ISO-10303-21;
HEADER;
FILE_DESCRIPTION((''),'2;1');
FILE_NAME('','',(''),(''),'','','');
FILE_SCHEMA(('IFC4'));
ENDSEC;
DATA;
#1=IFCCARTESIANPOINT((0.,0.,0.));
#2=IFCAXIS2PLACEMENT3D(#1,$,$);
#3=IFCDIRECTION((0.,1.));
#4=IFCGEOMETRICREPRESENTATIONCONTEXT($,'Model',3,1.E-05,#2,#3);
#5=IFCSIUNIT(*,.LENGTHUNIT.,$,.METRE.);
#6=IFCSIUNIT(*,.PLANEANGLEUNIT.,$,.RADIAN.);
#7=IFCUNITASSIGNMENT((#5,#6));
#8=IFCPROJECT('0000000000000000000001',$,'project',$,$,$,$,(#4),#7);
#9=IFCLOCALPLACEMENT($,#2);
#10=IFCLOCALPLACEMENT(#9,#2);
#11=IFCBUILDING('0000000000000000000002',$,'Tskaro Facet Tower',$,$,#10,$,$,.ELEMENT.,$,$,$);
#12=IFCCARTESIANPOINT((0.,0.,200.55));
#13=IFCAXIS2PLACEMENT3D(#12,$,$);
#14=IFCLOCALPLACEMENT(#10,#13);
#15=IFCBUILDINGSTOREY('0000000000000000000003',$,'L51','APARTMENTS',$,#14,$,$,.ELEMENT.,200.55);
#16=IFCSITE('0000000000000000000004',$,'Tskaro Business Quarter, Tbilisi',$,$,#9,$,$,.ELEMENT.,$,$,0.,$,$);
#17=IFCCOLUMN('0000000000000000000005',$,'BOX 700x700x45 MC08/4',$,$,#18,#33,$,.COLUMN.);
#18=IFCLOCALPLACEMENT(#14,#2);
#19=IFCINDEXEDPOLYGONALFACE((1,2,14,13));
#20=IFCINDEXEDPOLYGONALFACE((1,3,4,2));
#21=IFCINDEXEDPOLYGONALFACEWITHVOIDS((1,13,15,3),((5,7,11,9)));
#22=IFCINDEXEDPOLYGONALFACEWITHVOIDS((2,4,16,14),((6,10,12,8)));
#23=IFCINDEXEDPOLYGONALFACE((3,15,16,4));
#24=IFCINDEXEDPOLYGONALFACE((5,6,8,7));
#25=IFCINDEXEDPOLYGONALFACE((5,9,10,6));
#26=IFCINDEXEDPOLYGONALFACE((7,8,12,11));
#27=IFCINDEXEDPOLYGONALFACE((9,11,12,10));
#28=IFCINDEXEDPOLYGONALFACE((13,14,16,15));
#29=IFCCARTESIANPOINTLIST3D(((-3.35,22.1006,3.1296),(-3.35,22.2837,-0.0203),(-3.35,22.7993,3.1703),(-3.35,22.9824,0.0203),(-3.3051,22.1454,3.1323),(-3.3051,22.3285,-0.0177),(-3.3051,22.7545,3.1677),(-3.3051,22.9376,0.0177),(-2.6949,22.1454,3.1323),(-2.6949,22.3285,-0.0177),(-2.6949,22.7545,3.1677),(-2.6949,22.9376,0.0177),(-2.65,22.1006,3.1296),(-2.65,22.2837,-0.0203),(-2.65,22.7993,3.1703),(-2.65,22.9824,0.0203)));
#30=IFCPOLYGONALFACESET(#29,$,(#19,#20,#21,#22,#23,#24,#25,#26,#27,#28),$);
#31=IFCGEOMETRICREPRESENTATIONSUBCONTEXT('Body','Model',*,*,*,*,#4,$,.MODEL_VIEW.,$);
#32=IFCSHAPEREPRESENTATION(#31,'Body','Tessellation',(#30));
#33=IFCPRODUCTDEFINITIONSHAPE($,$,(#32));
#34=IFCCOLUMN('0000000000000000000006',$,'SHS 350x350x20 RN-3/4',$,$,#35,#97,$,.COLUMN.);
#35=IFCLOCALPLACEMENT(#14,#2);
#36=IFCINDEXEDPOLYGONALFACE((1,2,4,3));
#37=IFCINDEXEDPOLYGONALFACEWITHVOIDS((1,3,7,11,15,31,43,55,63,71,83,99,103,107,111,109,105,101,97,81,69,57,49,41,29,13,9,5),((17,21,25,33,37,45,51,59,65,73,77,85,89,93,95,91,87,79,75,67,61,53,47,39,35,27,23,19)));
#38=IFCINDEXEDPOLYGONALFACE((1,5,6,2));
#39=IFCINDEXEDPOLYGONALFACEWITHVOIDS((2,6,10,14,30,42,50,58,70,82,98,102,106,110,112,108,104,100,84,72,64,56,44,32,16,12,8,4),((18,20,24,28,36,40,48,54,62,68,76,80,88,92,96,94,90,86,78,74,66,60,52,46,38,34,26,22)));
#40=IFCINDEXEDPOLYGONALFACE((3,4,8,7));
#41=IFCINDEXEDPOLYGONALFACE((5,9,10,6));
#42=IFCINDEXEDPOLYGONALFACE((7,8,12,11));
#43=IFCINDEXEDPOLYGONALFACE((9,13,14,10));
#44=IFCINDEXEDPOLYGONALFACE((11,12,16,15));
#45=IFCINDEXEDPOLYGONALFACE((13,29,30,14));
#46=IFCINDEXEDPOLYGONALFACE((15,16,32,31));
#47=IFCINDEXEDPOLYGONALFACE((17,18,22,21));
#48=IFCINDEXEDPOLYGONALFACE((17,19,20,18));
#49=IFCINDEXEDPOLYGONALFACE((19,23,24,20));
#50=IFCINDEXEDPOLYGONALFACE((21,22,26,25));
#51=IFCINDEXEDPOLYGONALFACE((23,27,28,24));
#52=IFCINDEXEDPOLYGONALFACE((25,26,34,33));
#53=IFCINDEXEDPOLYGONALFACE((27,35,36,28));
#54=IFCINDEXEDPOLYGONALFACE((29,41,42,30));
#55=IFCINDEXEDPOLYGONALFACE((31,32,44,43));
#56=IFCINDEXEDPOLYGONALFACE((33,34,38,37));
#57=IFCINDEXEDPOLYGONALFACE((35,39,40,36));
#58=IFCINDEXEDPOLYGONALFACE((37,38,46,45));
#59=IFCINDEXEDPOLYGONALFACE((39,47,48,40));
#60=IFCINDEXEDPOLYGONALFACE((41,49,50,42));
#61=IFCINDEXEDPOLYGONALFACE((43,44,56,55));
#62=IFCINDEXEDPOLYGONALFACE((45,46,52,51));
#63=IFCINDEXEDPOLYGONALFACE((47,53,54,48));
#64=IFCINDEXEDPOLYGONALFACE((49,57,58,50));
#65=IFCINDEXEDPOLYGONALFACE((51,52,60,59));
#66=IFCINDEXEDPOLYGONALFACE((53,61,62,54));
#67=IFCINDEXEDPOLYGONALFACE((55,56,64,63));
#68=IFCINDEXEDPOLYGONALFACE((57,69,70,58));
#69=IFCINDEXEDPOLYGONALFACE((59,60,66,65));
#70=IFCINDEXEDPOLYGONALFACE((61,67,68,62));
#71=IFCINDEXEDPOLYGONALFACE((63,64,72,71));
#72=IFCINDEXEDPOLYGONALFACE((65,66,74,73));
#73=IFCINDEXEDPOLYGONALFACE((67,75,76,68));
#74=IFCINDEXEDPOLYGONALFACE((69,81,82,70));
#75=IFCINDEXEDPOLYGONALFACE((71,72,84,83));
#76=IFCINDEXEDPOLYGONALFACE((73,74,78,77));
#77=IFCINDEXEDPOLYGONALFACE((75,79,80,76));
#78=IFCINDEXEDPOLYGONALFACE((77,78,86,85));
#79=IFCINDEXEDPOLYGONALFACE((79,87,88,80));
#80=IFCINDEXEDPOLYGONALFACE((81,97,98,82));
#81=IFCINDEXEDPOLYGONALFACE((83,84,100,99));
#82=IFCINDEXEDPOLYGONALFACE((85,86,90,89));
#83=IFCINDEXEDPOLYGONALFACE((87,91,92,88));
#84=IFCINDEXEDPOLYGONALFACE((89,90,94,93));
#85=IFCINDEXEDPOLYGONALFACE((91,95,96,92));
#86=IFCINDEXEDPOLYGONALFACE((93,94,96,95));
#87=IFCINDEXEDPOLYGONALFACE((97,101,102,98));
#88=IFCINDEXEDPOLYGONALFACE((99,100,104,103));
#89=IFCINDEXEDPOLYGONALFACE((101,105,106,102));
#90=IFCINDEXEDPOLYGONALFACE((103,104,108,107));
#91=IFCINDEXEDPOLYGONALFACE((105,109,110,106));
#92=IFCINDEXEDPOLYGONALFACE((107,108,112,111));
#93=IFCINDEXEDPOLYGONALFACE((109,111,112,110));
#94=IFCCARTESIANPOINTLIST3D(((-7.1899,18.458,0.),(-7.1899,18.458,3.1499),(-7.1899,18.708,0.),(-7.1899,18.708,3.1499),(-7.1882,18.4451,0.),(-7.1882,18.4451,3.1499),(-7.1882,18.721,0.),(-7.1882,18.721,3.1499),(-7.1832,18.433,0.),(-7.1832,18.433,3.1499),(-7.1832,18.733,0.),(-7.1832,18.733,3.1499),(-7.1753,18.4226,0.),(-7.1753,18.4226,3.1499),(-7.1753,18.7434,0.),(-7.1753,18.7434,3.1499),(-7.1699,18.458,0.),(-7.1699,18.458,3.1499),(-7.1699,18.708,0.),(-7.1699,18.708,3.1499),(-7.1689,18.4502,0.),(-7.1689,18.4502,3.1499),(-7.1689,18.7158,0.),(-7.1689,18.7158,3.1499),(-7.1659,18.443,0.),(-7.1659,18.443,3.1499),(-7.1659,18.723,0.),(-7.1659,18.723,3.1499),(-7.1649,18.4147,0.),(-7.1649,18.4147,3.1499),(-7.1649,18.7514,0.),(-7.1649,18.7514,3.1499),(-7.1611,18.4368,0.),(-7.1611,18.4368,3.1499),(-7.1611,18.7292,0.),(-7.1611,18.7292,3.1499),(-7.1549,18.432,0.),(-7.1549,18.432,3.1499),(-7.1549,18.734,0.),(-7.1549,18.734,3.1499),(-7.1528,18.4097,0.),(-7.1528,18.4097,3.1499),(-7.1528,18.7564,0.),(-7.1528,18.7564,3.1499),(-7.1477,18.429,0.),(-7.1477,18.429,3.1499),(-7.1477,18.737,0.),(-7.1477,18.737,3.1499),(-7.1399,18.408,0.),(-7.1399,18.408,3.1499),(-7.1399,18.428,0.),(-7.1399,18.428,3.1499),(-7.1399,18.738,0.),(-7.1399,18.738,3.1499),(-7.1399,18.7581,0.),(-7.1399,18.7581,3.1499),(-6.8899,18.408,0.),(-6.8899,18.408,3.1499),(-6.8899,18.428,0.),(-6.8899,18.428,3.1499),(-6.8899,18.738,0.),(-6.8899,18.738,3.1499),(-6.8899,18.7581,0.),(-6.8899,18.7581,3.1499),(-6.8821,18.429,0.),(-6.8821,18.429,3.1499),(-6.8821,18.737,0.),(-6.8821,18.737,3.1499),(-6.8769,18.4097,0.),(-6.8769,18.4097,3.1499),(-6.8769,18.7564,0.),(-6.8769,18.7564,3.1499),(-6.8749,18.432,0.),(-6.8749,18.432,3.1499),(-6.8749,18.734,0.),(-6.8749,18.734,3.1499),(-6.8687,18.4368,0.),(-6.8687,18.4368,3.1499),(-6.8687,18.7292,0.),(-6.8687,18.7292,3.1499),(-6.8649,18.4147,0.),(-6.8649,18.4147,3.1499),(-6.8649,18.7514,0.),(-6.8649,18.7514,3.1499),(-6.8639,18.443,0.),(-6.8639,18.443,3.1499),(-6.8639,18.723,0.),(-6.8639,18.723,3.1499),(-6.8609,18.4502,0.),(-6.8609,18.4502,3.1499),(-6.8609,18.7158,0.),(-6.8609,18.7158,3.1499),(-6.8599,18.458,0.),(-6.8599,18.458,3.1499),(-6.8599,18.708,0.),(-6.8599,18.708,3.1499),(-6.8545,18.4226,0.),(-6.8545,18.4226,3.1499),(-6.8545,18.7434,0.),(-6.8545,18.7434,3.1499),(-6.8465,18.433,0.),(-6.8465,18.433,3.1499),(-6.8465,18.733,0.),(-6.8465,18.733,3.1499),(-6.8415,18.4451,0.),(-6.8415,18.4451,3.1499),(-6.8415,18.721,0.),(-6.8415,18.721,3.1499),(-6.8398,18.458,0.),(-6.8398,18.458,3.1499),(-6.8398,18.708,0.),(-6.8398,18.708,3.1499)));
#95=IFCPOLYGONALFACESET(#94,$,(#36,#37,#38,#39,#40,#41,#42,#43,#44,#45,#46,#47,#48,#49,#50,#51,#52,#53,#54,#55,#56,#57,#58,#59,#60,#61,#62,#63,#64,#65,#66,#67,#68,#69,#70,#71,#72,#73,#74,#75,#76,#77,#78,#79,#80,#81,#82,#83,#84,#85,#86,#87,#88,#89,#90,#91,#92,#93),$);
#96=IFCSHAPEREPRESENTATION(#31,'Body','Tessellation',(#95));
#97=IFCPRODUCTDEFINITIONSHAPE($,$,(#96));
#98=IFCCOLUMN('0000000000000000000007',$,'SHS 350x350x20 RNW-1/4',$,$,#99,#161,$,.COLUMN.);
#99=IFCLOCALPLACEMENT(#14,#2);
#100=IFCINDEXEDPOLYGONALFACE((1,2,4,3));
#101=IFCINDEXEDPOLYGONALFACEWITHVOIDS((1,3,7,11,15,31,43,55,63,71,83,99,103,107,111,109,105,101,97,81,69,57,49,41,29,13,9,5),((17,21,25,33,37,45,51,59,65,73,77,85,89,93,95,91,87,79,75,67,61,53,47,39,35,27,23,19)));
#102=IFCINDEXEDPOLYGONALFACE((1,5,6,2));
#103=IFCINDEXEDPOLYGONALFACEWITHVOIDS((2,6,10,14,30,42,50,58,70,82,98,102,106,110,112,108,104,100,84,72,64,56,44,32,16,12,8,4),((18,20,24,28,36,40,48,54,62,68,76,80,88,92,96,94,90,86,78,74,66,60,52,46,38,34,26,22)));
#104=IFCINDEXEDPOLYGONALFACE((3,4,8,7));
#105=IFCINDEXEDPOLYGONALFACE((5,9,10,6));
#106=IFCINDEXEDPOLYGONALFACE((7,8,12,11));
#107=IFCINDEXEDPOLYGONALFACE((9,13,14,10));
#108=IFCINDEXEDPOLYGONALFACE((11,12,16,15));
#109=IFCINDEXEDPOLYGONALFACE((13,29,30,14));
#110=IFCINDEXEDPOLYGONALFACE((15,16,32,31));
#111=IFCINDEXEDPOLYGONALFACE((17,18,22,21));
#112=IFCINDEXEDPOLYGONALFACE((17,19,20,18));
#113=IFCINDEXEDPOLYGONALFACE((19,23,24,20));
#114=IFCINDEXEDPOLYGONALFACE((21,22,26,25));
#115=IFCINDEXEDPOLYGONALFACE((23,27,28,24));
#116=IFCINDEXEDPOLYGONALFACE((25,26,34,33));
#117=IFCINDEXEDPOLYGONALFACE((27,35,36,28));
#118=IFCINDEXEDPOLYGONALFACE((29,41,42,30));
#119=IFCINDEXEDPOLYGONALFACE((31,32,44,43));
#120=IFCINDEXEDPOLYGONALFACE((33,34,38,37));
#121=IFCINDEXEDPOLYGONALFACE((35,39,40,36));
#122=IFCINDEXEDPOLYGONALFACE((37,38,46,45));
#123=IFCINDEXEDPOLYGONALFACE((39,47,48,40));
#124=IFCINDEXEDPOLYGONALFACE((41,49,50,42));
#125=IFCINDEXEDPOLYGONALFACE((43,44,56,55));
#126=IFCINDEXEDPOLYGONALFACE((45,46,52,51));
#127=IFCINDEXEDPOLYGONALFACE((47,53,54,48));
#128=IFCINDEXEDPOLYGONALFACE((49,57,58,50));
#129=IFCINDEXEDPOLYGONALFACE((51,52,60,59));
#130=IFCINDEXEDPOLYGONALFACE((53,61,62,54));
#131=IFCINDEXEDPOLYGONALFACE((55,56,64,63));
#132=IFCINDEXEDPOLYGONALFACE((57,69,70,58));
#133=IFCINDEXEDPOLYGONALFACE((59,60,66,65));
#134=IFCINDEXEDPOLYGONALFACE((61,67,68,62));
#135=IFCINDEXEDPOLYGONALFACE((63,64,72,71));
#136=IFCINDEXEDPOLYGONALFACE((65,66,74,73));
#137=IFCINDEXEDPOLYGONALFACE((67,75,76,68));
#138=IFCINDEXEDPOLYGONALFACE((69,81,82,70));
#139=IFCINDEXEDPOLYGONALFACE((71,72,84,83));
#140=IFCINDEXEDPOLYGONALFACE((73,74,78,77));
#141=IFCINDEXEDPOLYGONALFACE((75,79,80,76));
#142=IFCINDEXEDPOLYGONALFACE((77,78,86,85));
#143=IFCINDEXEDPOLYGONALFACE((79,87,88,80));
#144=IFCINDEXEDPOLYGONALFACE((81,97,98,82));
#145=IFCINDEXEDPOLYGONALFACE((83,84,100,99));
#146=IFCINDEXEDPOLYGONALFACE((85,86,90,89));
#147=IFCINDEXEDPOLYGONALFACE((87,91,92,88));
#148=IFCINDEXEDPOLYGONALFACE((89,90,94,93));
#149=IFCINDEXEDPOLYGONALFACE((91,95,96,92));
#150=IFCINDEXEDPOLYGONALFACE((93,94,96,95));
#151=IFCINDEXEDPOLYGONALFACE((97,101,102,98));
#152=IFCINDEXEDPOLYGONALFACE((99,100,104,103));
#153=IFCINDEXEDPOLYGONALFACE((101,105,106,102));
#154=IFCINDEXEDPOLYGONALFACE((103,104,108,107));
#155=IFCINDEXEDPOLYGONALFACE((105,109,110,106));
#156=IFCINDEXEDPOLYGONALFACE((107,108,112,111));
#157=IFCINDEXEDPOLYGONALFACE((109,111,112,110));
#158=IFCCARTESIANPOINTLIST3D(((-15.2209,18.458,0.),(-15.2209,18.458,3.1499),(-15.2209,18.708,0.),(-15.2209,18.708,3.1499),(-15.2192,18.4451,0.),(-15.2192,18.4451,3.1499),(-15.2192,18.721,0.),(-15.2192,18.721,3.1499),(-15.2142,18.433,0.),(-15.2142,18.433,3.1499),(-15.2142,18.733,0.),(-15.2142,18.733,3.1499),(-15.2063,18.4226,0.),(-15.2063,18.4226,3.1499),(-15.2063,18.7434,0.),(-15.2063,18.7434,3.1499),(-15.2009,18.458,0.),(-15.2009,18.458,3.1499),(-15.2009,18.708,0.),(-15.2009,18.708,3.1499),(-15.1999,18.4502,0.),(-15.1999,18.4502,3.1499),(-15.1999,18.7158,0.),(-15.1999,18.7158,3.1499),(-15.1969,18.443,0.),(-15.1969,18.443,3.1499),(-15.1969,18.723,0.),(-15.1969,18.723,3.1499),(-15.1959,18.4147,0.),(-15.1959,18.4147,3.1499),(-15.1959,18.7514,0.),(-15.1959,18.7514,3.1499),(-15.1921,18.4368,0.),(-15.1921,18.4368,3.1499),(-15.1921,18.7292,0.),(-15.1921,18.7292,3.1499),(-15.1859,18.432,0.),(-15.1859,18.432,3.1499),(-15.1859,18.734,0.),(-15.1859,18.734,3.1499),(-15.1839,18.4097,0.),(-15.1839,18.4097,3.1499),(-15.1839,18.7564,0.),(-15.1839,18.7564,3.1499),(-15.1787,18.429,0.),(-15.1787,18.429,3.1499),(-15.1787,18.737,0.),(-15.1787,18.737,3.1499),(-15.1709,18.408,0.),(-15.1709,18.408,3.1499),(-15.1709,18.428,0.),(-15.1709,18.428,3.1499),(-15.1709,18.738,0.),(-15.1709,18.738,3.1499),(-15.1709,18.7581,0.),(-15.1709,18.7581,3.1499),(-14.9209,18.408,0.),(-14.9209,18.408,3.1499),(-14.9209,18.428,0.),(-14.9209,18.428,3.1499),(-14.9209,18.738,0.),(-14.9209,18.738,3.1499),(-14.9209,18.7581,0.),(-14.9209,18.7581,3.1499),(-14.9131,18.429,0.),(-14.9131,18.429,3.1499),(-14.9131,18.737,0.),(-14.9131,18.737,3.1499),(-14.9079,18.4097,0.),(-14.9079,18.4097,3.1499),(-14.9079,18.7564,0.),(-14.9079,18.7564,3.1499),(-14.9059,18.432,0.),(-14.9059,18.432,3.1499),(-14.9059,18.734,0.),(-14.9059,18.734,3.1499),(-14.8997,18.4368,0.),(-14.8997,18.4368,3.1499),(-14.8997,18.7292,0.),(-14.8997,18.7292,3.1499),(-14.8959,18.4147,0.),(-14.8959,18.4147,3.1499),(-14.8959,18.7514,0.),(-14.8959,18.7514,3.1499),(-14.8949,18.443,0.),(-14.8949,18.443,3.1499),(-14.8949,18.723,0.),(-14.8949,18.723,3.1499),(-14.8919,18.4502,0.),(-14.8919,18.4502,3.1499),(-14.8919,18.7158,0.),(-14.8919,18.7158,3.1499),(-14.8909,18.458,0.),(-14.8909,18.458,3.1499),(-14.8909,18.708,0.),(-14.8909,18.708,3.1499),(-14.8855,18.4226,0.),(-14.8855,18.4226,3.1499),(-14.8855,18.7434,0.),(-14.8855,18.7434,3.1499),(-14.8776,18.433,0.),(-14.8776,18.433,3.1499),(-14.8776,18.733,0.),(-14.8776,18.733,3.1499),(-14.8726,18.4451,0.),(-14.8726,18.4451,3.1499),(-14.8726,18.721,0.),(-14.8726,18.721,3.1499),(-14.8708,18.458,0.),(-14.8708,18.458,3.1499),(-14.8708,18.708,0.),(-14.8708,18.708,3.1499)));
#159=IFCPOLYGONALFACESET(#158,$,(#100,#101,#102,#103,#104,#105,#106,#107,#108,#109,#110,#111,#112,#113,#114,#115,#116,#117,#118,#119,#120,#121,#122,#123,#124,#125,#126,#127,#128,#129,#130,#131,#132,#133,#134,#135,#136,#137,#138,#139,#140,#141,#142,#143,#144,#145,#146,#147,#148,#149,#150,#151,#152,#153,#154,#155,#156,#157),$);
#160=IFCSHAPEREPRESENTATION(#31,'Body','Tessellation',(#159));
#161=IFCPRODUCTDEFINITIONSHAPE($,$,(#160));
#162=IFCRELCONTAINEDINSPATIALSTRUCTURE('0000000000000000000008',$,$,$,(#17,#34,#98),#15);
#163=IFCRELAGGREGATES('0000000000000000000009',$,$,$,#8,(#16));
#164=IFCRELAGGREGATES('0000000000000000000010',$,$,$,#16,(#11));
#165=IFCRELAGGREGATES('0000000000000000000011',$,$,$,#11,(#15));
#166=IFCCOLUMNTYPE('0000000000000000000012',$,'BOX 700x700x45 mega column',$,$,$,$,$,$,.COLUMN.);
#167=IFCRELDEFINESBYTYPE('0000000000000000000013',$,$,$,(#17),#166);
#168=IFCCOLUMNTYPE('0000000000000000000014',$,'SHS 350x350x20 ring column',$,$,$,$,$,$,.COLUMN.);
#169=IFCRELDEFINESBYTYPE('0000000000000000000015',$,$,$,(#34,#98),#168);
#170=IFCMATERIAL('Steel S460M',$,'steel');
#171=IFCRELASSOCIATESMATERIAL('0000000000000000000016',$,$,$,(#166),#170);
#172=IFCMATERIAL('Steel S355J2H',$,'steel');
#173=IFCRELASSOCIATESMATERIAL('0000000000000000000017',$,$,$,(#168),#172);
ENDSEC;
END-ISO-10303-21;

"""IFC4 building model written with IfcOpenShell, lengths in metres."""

from ifc_helpers import new_model, si_unit, direction, frame, origin, origin_2d, place, context, subcontext, project, spatial, hollow_rectangle, extrude, material, material_profile, profile_set, type_object, element, save


model = new_model("IFC4")

# Units and contexts
model_context = context("Model", 3, precision=1e-05, world=origin(), true_north=direction((0.0, 1.0)))
body_context = subcontext(model_context, "Body", "Model", "MODEL_VIEW")
ifc_project = project(units=[si_unit("LENGTHUNIT", "METRE"), si_unit("PLANEANGLEUNIT", "RADIAN")], contexts=[model_context])

# Site, building, storey
site_placement = place(None, origin())
site = spatial("IfcSite", under=ifc_project, at=site_placement, Name="Tskaro Business Quarter, Tbilisi", CompositionType="ELEMENT", RefElevation=0.0)
building_placement = place(site_placement, origin())
building = spatial("IfcBuilding", under=site, at=building_placement, Name="Tskaro Facet Tower", CompositionType="ELEMENT")
storey_placement = place(building_placement, frame((0.0, 0.0, 200.55)))
storey = spatial("IfcBuildingStorey", under=building, at=storey_placement, Name="L51", Description="APARTMENTS", CompositionType="ELEMENT", Elevation=200.55)

# Columns
ifc_material_1 = material(Name="Steel S460M", Category="steel")
ifc_material_profile_1 = material_profile(ifc_material_1, hollow_rectangle(XDim=0.7, YDim=0.7, WallThickness=0.0449, at=origin_2d()), Name="BOX 700x700x45")
ifc_profile_set_1 = profile_set([ifc_material_profile_1], Name="Steel S460M")
column_type_1 = type_object("IfcColumnType", Name="BOX 700x700x45 mega column", PredefinedType="COLUMN", material=ifc_profile_set_1)
column_placement = place(storey_placement, frame((-3.0, 22.6331, 0.0), z_axis=(0.0, -0.058033, 0.998315), x_axis=(1.0, 0.0, 0.0)))
element("IfcColumn", 1, at=column_placement, inside=storey, type_object=column_type_1, Name="BOX 700x700x45 MC08/4", PredefinedType="COLUMN", context=body_context, shape_type="SweptSolid", body=[
    extrude(hollow_rectangle(XDim=0.7, YDim=0.7, WallThickness=0.0449, at=origin_2d()), origin(), (0.0, 0.0, 1.0), 3.1553),
])
ifc_material_2 = material(Name="Steel S355J2H", Category="steel")
ifc_material_profile_2 = material_profile(ifc_material_2, hollow_rectangle(XDim=0.3501, YDim=0.3501, WallThickness=0.02, InnerFilletRadius=0.03, OuterFilletRadius=0.05, at=origin_2d()), Name="SHS 350x350x20")
ifc_profile_set_2 = profile_set([ifc_material_profile_2], Name="Steel S355J2H")
column_type_2 = type_object("IfcColumnType", Name="SHS 350x350x20 ring column", PredefinedType="COLUMN", material=ifc_profile_set_2)
for number, where, z_axis, x_axis, name in (
    (2, (-7.0149, 18.583, 0.0), (0.0, 0.0, 1.0), (1.0, 0.0, 0.0), "SHS 350x350x20 RN-3/4"),
    (3, (-15.0459, 18.583, 0.0), (0.0, 0.0, 1.0), (1.0, 0.0, 0.0), "SHS 350x350x20 RNW-1/4"),
):
    element("IfcColumn", number, at=place(storey_placement, frame(where, z_axis=z_axis, x_axis=x_axis)), inside=storey, type_object=column_type_2, Name=name, PredefinedType="COLUMN", context=body_context, shape_type="SweptSolid", body=[
        extrude(hollow_rectangle(XDim=0.3501, YDim=0.3501, WallThickness=0.02, InnerFilletRadius=0.03, OuterFilletRadius=0.05, at=origin_2d()), origin(), (0.0, 0.0, 1.0), 3.1499),
    ])

save(model, "model.ifc")
